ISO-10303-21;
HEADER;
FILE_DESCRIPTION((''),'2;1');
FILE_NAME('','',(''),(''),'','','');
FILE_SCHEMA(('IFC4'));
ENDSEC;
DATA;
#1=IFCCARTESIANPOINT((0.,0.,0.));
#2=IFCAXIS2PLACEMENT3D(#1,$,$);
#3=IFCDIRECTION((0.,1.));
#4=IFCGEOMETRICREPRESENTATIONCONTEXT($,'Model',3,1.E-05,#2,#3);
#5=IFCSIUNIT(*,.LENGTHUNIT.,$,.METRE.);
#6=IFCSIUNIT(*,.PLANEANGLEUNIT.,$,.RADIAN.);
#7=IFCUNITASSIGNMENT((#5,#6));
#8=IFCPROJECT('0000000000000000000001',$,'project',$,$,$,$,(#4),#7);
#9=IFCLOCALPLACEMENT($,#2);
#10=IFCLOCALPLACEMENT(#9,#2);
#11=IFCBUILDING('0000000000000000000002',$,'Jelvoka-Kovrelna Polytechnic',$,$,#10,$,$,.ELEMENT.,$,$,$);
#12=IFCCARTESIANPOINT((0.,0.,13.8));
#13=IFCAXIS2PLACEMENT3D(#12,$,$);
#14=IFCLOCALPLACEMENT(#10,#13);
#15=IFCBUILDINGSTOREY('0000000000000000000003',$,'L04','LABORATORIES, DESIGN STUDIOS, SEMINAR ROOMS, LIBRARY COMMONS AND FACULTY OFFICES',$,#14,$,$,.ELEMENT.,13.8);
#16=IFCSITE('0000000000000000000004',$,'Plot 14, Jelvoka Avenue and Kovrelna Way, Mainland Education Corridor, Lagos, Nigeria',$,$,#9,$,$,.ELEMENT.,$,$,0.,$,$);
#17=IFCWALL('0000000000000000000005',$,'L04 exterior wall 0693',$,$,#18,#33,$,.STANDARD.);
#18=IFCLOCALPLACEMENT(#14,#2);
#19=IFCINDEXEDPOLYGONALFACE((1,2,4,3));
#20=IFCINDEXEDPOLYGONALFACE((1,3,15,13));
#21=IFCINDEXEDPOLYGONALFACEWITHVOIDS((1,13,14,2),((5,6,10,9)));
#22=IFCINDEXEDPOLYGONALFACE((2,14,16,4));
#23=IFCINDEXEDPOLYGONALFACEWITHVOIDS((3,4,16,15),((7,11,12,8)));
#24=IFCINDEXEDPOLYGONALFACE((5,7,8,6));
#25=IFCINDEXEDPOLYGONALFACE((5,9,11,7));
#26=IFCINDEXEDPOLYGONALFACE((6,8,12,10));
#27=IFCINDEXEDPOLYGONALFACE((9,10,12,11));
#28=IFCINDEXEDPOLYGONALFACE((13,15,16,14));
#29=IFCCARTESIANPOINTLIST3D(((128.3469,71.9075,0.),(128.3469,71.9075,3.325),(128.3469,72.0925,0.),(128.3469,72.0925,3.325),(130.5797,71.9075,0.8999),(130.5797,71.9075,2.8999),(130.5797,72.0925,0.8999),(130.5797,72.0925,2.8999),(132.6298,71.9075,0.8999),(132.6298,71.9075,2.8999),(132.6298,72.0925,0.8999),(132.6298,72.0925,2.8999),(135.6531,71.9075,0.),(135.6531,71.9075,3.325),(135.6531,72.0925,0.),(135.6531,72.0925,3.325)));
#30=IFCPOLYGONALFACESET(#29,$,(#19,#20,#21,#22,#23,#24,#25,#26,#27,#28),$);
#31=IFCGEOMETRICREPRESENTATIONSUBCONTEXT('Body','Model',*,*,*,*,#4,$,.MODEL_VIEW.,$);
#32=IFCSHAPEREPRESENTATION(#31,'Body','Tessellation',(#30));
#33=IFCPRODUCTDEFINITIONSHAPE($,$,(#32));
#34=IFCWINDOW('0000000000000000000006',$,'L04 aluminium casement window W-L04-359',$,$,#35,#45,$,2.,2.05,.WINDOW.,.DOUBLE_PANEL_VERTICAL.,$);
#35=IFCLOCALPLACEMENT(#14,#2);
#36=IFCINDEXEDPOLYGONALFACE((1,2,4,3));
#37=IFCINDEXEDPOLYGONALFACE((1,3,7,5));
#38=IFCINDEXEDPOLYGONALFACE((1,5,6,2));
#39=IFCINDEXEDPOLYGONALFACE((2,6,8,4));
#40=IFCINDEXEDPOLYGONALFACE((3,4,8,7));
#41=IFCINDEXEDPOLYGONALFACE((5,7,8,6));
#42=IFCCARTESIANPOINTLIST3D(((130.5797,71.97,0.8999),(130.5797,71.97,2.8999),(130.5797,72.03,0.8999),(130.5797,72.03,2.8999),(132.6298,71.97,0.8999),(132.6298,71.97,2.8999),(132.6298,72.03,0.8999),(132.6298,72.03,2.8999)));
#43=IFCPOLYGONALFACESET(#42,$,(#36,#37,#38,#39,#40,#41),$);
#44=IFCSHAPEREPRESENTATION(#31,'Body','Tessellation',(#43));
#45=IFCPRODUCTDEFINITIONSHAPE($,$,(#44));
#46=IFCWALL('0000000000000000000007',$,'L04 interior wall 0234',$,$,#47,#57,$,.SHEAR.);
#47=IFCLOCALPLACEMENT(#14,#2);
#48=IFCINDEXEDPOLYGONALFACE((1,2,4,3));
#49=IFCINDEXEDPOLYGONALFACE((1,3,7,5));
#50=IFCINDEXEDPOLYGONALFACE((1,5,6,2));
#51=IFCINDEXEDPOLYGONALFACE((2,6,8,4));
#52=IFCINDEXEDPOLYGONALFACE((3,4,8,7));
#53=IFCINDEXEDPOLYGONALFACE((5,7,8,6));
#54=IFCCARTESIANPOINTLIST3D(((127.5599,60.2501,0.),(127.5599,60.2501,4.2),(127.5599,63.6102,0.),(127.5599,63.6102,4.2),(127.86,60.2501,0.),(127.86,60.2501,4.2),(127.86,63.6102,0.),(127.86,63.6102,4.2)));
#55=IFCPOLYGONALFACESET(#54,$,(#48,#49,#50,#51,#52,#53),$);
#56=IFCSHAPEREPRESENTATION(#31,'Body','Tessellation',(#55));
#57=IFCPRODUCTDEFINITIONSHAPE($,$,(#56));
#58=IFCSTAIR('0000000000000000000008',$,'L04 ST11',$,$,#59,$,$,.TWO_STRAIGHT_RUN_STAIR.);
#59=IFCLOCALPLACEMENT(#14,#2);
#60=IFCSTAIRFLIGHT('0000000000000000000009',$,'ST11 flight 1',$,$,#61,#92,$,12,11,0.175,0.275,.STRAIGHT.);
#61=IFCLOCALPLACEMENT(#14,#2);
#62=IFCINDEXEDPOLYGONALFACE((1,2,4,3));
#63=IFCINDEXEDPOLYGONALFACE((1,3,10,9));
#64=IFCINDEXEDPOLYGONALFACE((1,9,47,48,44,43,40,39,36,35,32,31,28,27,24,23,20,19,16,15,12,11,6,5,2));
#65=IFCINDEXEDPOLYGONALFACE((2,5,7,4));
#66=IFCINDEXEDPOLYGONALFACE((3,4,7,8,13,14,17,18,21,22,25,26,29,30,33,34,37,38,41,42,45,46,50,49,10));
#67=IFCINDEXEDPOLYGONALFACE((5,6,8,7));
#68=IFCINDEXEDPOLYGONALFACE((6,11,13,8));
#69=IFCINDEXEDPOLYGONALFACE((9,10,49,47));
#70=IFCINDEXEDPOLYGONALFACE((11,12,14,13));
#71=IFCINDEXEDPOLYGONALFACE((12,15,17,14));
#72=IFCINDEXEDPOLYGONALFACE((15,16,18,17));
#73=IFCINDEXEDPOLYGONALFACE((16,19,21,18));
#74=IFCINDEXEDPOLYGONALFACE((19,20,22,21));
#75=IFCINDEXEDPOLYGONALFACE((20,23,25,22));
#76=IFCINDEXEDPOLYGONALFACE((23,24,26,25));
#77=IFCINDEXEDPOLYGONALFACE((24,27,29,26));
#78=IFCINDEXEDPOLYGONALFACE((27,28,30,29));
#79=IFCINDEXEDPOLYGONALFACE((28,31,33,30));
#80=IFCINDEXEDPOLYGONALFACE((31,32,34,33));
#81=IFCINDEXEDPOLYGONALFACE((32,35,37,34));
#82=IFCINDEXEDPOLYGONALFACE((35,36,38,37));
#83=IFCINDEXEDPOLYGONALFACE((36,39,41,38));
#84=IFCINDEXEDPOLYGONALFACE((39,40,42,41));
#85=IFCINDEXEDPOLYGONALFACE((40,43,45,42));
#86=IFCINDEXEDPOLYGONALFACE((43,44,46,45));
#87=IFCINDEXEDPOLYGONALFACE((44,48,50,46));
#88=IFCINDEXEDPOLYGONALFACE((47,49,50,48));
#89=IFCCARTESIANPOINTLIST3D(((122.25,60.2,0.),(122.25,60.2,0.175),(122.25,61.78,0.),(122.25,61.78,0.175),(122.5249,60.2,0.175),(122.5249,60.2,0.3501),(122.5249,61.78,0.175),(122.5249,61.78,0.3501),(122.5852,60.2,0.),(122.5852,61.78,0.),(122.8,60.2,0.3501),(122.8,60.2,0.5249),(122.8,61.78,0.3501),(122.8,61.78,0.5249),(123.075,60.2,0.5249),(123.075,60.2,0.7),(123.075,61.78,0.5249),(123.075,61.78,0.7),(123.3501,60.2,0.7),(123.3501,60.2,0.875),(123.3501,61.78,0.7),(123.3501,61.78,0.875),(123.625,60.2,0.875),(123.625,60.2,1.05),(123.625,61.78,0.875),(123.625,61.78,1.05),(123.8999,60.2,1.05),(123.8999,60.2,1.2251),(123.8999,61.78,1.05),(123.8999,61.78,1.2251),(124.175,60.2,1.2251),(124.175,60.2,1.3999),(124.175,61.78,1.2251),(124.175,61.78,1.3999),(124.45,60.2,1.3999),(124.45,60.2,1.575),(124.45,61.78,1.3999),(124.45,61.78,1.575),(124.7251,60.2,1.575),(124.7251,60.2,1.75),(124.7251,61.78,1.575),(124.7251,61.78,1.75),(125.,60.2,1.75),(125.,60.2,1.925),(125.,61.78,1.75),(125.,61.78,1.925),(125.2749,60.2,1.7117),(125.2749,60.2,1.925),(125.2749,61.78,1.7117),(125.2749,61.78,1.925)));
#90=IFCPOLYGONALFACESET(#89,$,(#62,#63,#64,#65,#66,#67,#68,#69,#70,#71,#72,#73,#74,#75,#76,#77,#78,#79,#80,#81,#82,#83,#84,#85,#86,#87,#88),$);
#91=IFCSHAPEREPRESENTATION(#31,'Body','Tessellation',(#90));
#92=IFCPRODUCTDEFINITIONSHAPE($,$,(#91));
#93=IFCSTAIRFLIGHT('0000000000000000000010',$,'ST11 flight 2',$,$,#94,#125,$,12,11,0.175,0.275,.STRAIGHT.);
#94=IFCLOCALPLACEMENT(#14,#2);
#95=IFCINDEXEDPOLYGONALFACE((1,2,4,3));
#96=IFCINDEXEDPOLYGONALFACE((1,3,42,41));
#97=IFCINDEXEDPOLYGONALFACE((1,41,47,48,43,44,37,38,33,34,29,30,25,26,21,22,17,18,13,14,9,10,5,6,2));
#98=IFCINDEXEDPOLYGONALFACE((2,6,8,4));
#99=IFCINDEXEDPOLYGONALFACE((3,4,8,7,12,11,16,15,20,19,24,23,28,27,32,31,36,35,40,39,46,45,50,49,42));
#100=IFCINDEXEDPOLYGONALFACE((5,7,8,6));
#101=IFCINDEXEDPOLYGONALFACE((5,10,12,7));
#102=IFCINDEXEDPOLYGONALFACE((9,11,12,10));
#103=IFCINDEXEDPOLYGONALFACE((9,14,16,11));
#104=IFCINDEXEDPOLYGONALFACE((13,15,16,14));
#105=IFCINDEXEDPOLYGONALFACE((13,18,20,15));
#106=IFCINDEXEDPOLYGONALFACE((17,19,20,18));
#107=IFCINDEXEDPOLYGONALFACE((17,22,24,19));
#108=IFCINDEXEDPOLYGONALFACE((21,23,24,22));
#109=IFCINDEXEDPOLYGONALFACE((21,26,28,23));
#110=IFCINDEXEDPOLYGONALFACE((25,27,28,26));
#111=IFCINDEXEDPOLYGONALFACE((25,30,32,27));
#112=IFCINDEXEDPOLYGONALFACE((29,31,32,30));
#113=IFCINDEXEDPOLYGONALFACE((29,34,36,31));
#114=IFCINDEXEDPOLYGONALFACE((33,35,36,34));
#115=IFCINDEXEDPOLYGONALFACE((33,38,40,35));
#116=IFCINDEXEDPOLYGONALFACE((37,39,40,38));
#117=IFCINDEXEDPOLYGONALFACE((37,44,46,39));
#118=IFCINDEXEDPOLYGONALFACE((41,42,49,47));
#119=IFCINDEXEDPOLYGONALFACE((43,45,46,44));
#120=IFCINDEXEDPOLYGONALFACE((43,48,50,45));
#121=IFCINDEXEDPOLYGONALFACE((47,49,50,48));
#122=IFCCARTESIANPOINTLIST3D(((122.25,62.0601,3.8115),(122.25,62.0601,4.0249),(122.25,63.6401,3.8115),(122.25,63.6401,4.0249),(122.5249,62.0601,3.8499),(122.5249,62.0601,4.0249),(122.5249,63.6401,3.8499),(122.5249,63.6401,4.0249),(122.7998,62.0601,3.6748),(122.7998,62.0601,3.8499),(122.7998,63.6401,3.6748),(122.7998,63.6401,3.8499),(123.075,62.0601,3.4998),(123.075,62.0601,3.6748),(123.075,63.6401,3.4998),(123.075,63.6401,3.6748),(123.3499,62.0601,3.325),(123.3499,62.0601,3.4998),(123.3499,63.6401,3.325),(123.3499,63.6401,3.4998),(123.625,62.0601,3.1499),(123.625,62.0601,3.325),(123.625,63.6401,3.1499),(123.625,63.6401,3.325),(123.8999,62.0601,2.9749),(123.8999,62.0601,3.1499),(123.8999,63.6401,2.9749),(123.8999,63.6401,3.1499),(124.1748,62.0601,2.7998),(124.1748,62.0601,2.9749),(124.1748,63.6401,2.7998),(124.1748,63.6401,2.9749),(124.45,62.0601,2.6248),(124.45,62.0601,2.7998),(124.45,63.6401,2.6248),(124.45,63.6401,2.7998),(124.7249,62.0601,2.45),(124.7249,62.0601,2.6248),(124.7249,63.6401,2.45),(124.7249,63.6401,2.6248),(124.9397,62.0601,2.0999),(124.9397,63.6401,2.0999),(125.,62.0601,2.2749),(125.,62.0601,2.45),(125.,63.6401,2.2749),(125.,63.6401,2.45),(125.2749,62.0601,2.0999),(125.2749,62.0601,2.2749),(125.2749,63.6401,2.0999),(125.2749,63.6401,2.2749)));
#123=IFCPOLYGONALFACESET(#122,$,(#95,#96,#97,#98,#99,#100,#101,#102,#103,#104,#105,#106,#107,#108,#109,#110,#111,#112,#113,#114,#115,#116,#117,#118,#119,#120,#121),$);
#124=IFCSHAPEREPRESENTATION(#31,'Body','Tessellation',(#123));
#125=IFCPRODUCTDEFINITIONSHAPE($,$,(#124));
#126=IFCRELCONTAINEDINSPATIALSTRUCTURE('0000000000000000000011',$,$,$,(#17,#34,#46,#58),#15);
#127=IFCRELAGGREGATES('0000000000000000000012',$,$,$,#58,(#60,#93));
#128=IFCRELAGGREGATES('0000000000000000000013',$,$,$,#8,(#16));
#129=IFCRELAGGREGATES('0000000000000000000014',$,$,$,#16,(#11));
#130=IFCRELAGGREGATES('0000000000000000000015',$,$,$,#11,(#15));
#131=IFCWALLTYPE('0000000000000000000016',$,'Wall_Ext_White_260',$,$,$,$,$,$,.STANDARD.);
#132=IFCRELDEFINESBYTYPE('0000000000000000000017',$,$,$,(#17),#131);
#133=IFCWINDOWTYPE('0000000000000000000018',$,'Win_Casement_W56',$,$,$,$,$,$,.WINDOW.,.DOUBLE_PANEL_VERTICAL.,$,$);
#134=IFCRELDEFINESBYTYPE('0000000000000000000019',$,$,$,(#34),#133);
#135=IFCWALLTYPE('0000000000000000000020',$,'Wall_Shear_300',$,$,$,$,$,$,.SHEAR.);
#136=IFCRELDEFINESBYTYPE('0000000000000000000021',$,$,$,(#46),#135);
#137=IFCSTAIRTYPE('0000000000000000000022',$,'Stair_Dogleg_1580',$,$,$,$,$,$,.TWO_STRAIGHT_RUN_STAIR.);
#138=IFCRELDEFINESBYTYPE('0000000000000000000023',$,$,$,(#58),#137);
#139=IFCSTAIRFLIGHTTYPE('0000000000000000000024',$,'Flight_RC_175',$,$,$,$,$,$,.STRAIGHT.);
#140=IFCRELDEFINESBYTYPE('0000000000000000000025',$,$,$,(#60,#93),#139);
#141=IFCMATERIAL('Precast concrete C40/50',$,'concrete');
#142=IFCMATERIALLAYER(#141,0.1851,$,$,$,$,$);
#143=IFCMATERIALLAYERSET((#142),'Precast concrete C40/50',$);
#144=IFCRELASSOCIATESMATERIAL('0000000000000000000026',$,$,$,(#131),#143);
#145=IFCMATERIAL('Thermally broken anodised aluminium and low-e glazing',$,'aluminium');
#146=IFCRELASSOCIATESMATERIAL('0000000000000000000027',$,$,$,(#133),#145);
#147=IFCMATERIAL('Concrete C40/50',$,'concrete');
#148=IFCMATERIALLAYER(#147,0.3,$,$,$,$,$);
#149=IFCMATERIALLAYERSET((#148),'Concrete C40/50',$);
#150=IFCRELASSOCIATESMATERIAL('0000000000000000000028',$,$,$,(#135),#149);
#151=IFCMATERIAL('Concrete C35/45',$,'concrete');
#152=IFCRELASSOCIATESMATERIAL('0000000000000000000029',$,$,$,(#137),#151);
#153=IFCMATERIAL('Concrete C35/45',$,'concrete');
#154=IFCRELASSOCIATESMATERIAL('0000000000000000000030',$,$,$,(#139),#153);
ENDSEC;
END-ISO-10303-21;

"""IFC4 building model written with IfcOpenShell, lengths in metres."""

from ifc_helpers import new_model, si_unit, direction, frame, frame_2d, origin, place, context, subcontext, project, spatial, polyline, rectangle, outline, extrude, material, layer, layer_set, type_object, element, fill, aggregate, save


model = new_model("IFC4")

# Units and contexts
model_context = context("Model", 3, precision=1e-05, world=origin(), true_north=direction((0.0, 1.0)))
body_context = subcontext(model_context, "Body", "Model", "MODEL_VIEW")
ifc_project = project(units=[si_unit("LENGTHUNIT", "METRE"), si_unit("PLANEANGLEUNIT", "RADIAN")], contexts=[model_context])

# Site, building, storey
site_placement = place(None, origin())
site = spatial("IfcSite", under=ifc_project, at=site_placement, Name="Plot 14, Jelvoka Avenue and Kovrelna Way, Mainland Education Corridor, Lagos, Nigeria", CompositionType="ELEMENT", RefElevation=0.0)
building_placement = place(site_placement, origin())
building = spatial("IfcBuilding", under=site, at=building_placement, Name="Jelvoka-Kovrelna Polytechnic", CompositionType="ELEMENT")
storey_placement = place(building_placement, frame((0.0, 0.0, 13.8)))
storey = spatial("IfcBuildingStorey", under=building, at=storey_placement, Name="L04", Description="LABORATORIES, DESIGN STUDIOS, SEMINAR ROOMS, LIBRARY COMMONS AND FACULTY OFFICES", CompositionType="ELEMENT", Elevation=13.8)

# Wall, opening, window
ifc_material_1 = material(Name="Precast concrete C40/50", Category="concrete")
ifc_layer_1 = layer(ifc_material_1, 0.1851)
ifc_layer_set_1 = layer_set([ifc_layer_1], Name="Precast concrete C40/50")
wall_type_1 = type_object("IfcWallType", Name="Wall_Ext_White_260", PredefinedType="STANDARD", material=ifc_layer_set_1)
wall_1_placement = place(storey_placement, frame((128.3469, 72.0, 0.0), z_axis=(0.0, 0.0, 1.0), x_axis=(1.0, 0.0, 0.0)))
wall_1 = element("IfcWall", 1, at=wall_1_placement, inside=storey, type_object=wall_type_1, Name="L04 exterior wall 0693", PredefinedType="STANDARD", context=body_context, shape_type="SweptSolid", body=[
    extrude(rectangle(XDim=7.3062, YDim=0.1851, at=frame_2d((3.6531, 0.0))), origin(), (0.0, 0.0, 1.0), 3.325),
])
opening_1_placement = place(wall_1_placement, frame((2.2329, 0.0, 0.8999)))
opening_1 = element("IfcOpeningElement", 2, at=opening_1_placement, cuts=wall_1, PredefinedType="OPENING", context=body_context, shape_type="SweptSolid", body=[
    extrude(rectangle(XDim=2.05, YDim=2.0, at=frame_2d((1.0249, 1.0))), frame((0.0, 0.1025, 0.0), z_axis=(0.0, -1.0, 0.0), x_axis=(1.0, 0.0, 0.0)), (0.0, 0.0, 1.0), 0.2051),
])
ifc_material_2 = material(Name="Thermally broken anodised aluminium and low-e glazing", Category="aluminium")
window_type_1 = type_object("IfcWindowType", Name="Win_Casement_W56", PartitioningType="DOUBLE_PANEL_VERTICAL", PredefinedType="WINDOW", material=ifc_material_2)
window_1_placement = place(opening_1_placement, origin())
window_1 = element("IfcWindow", 3, at=window_1_placement, inside=storey, type_object=window_type_1, Name="L04 aluminium casement window W-L04-359", OverallHeight=2.0, OverallWidth=2.05, PartitioningType="DOUBLE_PANEL_VERTICAL", PredefinedType="WINDOW", context=body_context, shape_type="SweptSolid", body=[
    extrude(rectangle(XDim=2.05, YDim=2.0, at=frame_2d((1.0249, 1.0))), frame((0.0, 0.03, 0.0), z_axis=(0.0, -1.0, 0.0), x_axis=(1.0, 0.0, 0.0)), (0.0, 0.0, 1.0), 0.0601),
])
fill(opening_1, window_1)

# Wall
ifc_material_3 = material(Name="Concrete C40/50", Category="concrete")
ifc_layer_2 = layer(ifc_material_3, 0.3)
ifc_layer_set_2 = layer_set([ifc_layer_2], Name="Concrete C40/50")
wall_type_2 = type_object("IfcWallType", Name="Wall_Shear_300", PredefinedType="SHEAR", material=ifc_layer_set_2)
wall_2_placement = place(storey_placement, frame((127.71, 60.25, 0.0), z_axis=(0.0, 0.0, 1.0), x_axis=(0.0, 1.0, 0.0)))
element("IfcWall", 4, at=wall_2_placement, inside=storey, type_object=wall_type_2, Name="L04 interior wall 0234", PredefinedType="SHEAR", context=body_context, shape_type="SweptSolid", body=[
    extrude(rectangle(XDim=3.3601, YDim=0.3, at=frame_2d((1.6802, 0.0))), origin(), (0.0, 0.0, 1.0), 4.2),
])

# Stair, stair flights
ifc_material_4 = material(Name="Concrete C35/45", Category="concrete")
stair_type = type_object("IfcStairType", Name="Stair_Dogleg_1580", PredefinedType="TWO_STRAIGHT_RUN_STAIR", material=ifc_material_4)
stair_placement = place(storey_placement, origin())
stair = element("IfcStair", 5, at=stair_placement, inside=storey, type_object=stair_type, Name="L04 ST11", PredefinedType="TWO_STRAIGHT_RUN_STAIR")
ifc_material_5 = material(Name="Concrete C35/45", Category="concrete")
stair_flight_type = type_object("IfcStairFlightType", Name="Flight_RC_175", PredefinedType="STRAIGHT", material=ifc_material_5)
stair_flight_1_placement = place(storey_placement, frame((122.25, 60.99, 0.0), z_axis=(0.0, 0.0, 1.0), x_axis=(1.0, 0.0, 0.0)))
stair_flight_1 = element("IfcStairFlight", 6, at=stair_flight_1_placement, type_object=stair_flight_type, Name="ST11 flight 1", NumberOfRisers=12, NumberOfTreads=11, PredefinedType="STRAIGHT", RiserHeight=0.175, TreadLength=0.275, context=body_context, shape_type="SweptSolid", body=[
    extrude(outline(polyline([(0.0, 0.0), (0.0, 0.175), (0.2749, 0.175), (0.2749, 0.3501), (0.55, 0.3501), (0.55, 0.5249), (0.825, 0.5249), (0.825, 0.7), (1.1001, 0.7), (1.1001, 0.875), (1.375, 0.875), (1.375, 1.05), (1.6499, 1.05), (1.6499, 1.2251), (1.925, 1.2251), (1.925, 1.3999), (2.2, 1.3999), (2.2, 1.575), (2.4751, 1.575), (2.4751, 1.75), (2.75, 1.75), (2.75, 1.925), (3.0249, 1.925), (3.0249, 2.1001), (3.0249, 1.7117), (0.3352, 0.0), (0.0, 0.0)])), frame((0.0, 0.79, 0.0), z_axis=(0.0, -1.0, 0.0), x_axis=(1.0, 0.0, 0.0)), (0.0, 0.0, 1.0), 1.5801),
])
stair_flight_2_placement = place(storey_placement, frame((125.2749, 62.8501, 2.0999), z_axis=(0.0, 0.0, 1.0), x_axis=(-1.0, 0.0, 0.0)))
stair_flight_2 = element("IfcStairFlight", 7, at=stair_flight_2_placement, type_object=stair_flight_type, Name="ST11 flight 2", NumberOfRisers=12, NumberOfTreads=11, PredefinedType="STRAIGHT", RiserHeight=0.175, TreadLength=0.275, context=body_context, shape_type="SweptSolid", body=[
    extrude(outline(polyline([(0.0, 0.0), (0.0, 0.175), (0.2749, 0.175), (0.2749, 0.3501), (0.55, 0.3501), (0.55, 0.5249), (0.825, 0.5249), (0.825, 0.7), (1.1001, 0.7), (1.1001, 0.875), (1.375, 0.875), (1.375, 1.05), (1.6499, 1.05), (1.6499, 1.2251), (1.925, 1.2251), (1.925, 1.3999), (2.2, 1.3999), (2.2, 1.575), (2.4751, 1.575), (2.4751, 1.75), (2.75, 1.75), (2.75, 1.925), (3.0249, 1.925), (3.0249, 2.1001), (3.0249, 1.7117), (0.3352, 0.0), (0.0, 0.0)])), frame((0.0, 0.79, 0.0), z_axis=(0.0, -1.0, 0.0), x_axis=(1.0, 0.0, 0.0)), (0.0, 0.0, 1.0), 1.5801),
])
aggregate(stair, [stair_flight_1, stair_flight_2])

save(model, "model.ifc")
